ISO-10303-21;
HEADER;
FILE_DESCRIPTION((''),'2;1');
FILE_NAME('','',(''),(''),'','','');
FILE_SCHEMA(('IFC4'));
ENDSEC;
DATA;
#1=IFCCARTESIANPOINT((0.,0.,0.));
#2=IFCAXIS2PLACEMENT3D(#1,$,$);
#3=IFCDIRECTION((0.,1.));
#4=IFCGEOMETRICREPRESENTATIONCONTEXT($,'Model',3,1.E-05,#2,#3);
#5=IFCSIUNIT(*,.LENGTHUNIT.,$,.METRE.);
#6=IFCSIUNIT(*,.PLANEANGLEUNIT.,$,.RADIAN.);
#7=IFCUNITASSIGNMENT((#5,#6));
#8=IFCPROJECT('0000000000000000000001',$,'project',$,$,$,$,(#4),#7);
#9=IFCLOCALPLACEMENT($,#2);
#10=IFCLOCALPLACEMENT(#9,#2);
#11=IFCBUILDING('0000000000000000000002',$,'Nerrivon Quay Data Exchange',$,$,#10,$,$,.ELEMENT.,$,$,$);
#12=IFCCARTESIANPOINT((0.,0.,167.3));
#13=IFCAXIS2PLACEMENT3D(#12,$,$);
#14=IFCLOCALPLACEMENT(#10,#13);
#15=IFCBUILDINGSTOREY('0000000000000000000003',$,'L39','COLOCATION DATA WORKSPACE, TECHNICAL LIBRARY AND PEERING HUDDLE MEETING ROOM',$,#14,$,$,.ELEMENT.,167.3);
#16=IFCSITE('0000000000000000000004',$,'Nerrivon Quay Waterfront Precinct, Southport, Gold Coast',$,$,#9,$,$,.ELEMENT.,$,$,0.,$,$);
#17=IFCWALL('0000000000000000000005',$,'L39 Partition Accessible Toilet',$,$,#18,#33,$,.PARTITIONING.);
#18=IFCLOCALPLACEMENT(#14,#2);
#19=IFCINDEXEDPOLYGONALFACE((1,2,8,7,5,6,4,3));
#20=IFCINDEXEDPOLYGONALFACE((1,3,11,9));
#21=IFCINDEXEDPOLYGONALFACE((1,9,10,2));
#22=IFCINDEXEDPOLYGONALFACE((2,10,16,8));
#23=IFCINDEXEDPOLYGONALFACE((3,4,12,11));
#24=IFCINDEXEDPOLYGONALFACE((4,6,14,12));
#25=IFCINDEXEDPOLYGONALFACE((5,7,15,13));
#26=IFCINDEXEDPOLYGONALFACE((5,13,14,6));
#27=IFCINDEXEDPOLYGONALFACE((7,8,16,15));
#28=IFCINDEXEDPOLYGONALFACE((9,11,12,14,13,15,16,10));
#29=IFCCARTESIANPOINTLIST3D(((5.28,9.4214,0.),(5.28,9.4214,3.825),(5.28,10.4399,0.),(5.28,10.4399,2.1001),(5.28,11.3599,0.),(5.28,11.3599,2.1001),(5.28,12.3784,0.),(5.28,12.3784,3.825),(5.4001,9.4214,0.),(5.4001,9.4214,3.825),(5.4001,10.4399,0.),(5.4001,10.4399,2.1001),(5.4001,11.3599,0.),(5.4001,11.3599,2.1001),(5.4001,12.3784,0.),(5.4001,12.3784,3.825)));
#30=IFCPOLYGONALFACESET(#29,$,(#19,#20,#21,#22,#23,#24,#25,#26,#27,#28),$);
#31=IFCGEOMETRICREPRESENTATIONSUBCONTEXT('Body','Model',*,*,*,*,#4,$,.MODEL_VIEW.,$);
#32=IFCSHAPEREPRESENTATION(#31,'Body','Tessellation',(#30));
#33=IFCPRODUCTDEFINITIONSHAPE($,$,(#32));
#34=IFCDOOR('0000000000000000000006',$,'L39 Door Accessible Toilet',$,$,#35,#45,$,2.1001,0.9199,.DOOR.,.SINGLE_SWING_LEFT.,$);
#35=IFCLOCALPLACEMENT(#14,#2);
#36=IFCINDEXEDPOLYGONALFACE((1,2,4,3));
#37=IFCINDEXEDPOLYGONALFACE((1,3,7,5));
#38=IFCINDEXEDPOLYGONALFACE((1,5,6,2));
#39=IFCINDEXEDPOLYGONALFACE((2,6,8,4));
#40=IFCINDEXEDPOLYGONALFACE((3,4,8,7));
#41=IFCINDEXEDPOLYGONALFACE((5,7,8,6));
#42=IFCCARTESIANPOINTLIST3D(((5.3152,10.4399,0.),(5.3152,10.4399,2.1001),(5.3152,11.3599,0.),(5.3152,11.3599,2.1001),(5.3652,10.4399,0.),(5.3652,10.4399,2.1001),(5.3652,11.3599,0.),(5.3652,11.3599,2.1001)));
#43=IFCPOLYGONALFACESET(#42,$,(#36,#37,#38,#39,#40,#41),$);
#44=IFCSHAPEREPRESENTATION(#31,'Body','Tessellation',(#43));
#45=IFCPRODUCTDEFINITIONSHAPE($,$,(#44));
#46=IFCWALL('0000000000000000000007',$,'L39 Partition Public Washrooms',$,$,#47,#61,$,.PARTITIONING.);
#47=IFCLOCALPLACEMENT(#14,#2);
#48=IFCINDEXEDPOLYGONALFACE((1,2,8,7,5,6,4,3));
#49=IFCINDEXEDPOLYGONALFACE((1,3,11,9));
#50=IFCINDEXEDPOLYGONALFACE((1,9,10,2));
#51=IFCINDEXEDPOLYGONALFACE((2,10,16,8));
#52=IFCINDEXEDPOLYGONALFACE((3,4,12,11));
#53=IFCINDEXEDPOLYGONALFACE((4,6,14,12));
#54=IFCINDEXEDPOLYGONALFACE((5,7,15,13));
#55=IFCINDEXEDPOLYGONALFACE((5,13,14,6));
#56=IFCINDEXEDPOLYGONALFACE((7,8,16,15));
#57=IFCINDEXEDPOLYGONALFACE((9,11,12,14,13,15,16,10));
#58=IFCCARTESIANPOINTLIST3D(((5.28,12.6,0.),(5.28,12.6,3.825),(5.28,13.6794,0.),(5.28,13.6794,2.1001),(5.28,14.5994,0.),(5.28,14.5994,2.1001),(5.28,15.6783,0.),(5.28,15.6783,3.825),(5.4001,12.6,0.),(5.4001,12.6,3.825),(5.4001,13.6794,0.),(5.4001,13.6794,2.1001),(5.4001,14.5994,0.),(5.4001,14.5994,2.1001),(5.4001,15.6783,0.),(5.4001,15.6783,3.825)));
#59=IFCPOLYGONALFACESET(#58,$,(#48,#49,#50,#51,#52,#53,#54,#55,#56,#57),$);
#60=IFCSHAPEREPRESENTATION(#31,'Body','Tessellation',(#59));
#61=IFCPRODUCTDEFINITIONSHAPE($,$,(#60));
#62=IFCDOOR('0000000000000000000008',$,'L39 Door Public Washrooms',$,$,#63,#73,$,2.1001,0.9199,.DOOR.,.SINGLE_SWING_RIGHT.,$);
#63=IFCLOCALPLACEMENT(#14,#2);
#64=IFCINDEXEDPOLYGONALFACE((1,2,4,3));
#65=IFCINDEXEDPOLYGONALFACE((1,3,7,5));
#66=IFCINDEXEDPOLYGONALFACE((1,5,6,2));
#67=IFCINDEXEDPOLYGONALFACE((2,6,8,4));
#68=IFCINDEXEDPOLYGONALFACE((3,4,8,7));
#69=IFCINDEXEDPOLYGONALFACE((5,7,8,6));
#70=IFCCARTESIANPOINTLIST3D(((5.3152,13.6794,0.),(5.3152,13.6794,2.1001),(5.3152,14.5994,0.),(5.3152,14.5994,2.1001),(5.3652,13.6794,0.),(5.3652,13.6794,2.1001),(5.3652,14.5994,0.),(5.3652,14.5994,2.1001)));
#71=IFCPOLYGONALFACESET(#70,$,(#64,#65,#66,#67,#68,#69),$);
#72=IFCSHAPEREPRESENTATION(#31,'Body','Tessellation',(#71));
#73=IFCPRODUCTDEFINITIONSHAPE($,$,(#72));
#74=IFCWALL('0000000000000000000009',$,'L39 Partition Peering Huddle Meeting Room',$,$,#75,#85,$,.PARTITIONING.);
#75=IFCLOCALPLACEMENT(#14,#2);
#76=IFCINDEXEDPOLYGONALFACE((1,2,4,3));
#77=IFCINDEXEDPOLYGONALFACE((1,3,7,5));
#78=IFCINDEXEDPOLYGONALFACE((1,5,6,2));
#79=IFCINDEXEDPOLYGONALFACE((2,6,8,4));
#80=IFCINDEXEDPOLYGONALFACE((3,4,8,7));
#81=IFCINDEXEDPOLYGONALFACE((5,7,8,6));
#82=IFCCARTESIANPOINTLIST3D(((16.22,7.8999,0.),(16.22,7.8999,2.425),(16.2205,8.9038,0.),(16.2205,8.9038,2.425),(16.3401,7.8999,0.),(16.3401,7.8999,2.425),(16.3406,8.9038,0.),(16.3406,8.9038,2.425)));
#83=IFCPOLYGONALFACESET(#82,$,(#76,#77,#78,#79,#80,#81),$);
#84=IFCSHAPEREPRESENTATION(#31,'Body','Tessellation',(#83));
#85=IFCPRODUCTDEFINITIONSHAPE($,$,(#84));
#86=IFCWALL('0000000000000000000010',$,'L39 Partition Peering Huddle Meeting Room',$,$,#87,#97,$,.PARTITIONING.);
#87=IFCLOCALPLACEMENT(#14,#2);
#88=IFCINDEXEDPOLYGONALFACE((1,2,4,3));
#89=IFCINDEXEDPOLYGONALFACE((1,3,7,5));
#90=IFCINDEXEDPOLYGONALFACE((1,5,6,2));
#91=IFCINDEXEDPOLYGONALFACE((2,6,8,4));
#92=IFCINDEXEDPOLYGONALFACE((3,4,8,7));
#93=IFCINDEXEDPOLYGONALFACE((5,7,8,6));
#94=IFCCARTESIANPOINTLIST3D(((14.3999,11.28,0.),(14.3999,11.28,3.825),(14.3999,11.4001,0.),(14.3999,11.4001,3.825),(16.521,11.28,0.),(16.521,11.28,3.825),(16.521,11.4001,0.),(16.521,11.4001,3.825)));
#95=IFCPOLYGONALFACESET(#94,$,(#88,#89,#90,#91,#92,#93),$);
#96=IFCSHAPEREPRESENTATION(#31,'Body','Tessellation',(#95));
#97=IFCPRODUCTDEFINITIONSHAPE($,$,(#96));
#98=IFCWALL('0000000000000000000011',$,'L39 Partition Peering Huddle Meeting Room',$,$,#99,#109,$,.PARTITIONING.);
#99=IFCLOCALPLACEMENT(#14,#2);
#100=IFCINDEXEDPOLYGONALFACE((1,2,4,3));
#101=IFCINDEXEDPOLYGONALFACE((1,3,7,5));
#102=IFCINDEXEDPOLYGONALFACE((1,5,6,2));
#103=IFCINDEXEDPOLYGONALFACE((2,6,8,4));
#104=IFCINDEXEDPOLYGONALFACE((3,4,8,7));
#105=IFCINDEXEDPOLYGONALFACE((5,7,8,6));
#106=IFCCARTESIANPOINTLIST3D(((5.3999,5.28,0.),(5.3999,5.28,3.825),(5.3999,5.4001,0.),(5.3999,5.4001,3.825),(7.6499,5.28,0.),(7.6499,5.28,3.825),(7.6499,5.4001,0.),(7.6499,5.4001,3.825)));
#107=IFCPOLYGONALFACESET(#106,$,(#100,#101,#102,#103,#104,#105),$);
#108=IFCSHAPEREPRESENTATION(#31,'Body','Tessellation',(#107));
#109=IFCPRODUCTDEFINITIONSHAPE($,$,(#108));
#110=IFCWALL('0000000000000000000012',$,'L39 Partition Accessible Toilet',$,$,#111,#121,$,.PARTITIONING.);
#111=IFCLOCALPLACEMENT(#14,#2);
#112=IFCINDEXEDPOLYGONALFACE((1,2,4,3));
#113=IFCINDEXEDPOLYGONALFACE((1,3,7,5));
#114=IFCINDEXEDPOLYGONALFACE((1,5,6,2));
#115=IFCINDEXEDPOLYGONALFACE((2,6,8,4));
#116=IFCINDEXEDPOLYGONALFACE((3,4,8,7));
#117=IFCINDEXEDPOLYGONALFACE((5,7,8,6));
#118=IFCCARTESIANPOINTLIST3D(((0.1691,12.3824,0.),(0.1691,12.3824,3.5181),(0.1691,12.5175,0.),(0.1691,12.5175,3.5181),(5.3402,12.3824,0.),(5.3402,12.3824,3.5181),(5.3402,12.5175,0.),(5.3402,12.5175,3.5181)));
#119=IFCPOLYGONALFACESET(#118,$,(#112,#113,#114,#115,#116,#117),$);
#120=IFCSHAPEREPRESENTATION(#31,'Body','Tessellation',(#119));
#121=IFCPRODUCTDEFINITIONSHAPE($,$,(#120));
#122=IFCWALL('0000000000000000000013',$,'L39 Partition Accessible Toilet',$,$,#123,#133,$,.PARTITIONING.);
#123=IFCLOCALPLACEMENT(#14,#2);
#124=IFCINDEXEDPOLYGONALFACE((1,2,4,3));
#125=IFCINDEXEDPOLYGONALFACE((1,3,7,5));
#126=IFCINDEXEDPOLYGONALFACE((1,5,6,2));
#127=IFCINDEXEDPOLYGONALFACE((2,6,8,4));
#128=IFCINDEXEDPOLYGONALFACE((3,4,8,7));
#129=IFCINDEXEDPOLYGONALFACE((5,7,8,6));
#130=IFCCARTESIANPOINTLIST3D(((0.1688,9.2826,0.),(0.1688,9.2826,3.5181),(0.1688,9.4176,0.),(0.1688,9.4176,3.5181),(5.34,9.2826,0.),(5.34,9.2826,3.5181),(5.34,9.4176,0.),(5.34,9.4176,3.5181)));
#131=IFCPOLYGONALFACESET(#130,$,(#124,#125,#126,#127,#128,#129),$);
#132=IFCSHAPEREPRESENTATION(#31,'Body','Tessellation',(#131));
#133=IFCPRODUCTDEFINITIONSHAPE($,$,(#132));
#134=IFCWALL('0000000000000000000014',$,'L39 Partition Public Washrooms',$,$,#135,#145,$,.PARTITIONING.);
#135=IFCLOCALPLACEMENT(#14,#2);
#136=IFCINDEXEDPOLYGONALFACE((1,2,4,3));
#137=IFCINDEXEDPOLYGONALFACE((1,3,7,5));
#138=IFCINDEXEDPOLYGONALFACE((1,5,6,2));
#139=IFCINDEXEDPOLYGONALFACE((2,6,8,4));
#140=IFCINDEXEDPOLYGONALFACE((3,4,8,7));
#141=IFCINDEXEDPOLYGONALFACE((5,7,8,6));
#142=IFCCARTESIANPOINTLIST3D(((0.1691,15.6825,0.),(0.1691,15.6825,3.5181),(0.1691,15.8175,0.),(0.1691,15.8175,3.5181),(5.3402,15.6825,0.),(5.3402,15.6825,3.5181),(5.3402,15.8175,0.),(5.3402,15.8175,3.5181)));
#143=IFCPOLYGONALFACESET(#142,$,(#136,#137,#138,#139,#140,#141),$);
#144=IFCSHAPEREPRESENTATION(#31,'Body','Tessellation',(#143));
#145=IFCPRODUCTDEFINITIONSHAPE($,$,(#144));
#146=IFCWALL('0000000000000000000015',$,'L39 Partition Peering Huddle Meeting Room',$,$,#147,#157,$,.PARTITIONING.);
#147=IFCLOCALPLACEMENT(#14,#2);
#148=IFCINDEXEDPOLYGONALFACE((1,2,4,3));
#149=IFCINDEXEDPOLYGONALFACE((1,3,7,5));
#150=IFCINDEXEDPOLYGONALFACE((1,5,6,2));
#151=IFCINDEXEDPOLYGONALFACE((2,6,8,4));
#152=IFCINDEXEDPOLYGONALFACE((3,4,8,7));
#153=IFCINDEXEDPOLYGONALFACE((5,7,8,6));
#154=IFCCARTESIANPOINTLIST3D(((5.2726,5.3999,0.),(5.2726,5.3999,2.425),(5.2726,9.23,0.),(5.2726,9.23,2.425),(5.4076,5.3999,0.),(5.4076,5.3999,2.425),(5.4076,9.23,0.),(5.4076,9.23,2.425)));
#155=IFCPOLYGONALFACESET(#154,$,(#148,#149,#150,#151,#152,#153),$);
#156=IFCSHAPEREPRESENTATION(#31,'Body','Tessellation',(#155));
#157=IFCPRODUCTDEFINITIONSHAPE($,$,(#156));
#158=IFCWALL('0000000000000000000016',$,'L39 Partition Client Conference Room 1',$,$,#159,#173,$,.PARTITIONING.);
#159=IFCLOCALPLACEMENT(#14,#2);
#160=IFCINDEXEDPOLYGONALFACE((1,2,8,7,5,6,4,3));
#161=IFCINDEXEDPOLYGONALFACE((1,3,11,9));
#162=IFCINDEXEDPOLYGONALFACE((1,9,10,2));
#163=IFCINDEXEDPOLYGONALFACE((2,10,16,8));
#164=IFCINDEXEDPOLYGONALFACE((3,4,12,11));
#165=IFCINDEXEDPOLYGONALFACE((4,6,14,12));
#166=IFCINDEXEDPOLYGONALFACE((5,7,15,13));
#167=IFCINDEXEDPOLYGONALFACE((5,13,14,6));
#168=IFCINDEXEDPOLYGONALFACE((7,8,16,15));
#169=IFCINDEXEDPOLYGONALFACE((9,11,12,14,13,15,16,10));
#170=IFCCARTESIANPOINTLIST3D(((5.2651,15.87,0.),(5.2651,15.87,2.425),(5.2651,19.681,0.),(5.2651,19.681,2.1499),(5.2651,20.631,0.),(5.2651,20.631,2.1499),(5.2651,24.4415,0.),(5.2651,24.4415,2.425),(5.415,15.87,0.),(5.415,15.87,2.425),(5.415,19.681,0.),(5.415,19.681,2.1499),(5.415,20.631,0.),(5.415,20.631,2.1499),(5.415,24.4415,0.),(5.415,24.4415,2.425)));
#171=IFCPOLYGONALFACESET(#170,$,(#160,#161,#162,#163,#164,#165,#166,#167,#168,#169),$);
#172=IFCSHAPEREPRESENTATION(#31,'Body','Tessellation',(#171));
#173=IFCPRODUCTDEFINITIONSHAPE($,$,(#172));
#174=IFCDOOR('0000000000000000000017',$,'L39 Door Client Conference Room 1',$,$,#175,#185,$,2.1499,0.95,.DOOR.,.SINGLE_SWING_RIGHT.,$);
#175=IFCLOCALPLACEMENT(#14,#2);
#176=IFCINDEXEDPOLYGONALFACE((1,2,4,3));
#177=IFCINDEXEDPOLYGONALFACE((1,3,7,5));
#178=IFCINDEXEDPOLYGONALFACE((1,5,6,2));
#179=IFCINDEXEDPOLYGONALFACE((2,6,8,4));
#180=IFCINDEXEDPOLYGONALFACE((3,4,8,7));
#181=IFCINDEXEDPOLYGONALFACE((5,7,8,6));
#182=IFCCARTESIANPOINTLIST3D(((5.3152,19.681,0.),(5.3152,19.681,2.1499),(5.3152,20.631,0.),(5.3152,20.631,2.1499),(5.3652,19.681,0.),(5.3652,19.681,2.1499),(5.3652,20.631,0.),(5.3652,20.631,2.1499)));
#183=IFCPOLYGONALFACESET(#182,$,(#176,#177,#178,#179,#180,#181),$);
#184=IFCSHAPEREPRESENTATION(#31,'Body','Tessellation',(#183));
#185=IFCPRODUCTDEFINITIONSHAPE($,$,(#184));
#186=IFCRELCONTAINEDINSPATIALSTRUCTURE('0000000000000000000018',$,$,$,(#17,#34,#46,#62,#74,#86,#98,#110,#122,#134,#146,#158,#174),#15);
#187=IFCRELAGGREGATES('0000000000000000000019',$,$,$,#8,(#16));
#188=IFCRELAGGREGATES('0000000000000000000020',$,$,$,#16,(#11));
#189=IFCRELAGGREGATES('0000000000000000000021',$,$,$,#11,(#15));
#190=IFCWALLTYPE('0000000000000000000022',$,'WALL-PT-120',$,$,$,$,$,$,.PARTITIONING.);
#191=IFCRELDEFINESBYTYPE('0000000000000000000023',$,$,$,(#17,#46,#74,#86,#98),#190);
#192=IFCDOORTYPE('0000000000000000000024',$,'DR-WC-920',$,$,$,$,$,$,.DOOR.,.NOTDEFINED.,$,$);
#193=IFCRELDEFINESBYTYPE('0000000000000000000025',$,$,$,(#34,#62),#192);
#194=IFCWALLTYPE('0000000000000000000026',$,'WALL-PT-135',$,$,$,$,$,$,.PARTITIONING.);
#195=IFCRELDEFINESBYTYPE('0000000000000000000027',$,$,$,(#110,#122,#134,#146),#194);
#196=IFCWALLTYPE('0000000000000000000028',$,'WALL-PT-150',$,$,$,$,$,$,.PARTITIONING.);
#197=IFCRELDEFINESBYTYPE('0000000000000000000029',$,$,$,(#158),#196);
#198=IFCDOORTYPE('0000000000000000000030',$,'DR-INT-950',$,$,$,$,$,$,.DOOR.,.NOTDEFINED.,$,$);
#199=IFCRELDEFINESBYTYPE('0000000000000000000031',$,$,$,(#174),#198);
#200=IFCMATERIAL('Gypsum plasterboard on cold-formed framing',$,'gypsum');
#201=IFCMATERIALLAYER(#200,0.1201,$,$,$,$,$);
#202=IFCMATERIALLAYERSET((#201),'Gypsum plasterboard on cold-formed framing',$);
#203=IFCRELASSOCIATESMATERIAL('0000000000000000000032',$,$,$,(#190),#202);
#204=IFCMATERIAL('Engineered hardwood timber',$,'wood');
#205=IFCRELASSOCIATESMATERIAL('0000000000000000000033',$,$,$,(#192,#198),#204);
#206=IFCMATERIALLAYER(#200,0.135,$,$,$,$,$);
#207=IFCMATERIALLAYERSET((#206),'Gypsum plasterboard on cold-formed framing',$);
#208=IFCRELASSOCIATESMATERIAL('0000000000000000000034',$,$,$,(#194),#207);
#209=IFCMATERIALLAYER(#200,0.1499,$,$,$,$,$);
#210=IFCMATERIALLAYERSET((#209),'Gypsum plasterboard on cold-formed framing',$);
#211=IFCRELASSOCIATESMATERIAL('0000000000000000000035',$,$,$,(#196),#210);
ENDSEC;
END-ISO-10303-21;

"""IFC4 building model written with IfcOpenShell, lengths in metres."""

from ifc_helpers import new_model, si_unit, direction, frame, frame_2d, origin, place, context, subcontext, project, spatial, rectangle, extrude, material, layer, layer_set, type_object, element, fill, save


model = new_model("IFC4")

# Units and contexts
model_context = context("Model", 3, precision=1e-05, world=origin(), true_north=direction((0.0, 1.0)))
body_context = subcontext(model_context, "Body", "Model", "MODEL_VIEW")
ifc_project = project(units=[si_unit("LENGTHUNIT", "METRE"), si_unit("PLANEANGLEUNIT", "RADIAN")], contexts=[model_context])

# Site, building, storey
site_placement = place(None, origin())
site = spatial("IfcSite", under=ifc_project, at=site_placement, Name="Nerrivon Quay Waterfront Precinct, Southport, Gold Coast", CompositionType="ELEMENT", RefElevation=0.0)
building_placement = place(site_placement, origin())
building = spatial("IfcBuilding", under=site, at=building_placement, Name="Nerrivon Quay Data Exchange", CompositionType="ELEMENT")
storey_placement = place(building_placement, frame((0.0, 0.0, 167.3)))
storey = spatial("IfcBuildingStorey", under=building, at=storey_placement, Name="L39", Description="COLOCATION DATA WORKSPACE, TECHNICAL LIBRARY AND PEERING HUDDLE MEETING ROOM", CompositionType="ELEMENT", Elevation=167.3)

# Walls, openings, doors
ifc_material_1 = material(Name="Gypsum plasterboard on cold-formed framing", Category="gypsum")
ifc_layer_1 = layer(ifc_material_1, 0.1201)
ifc_layer_set_1 = layer_set([ifc_layer_1], Name="Gypsum plasterboard on cold-formed framing")
wall_type_1 = type_object("IfcWallType", Name="WALL-PT-120", PredefinedType="PARTITIONING", material=ifc_layer_set_1)
wall_1_placement = place(storey_placement, frame((5.3401, 9.4214, 0.0), z_axis=(0.0, 0.0, 1.0), x_axis=(0.0, 1.0, 0.0)))
wall_1 = element("IfcWall", 1, at=wall_1_placement, inside=storey, type_object=wall_type_1, Name="L39 Partition Accessible Toilet", PredefinedType="PARTITIONING", context=body_context, shape_type="SweptSolid", body=[
    extrude(rectangle(XDim=2.957, YDim=0.1201, at=frame_2d((1.4785, 0.0))), origin(), (0.0, 0.0, 1.0), 3.825),
])
opening_1_placement = place(wall_1_placement, frame((1.0186, 0.0, 0.0)))
opening_1 = element("IfcOpeningElement", 2, at=opening_1_placement, cuts=wall_1, PredefinedType="OPENING", context=body_context, shape_type="SweptSolid", body=[
    extrude(rectangle(XDim=0.9199, YDim=2.1001, at=frame_2d((0.46, 1.05))), frame((0.0, 0.0701, 0.0), z_axis=(0.0, -1.0, 0.0), x_axis=(1.0, 0.0, 0.0)), (0.0, 0.0, 1.0), 0.1401),
])
ifc_material_2 = material(Name="Engineered hardwood timber", Category="wood")
door_type_1 = type_object("IfcDoorType", Name="DR-WC-920", OperationType="NOTDEFINED", PredefinedType="DOOR", material=ifc_material_2)
door_1_placement = place(opening_1_placement, origin())
door_1 = element("IfcDoor", 3, at=door_1_placement, inside=storey, type_object=door_type_1, Name="L39 Door Accessible Toilet", OperationType="SINGLE_SWING_LEFT", OverallHeight=2.1001, OverallWidth=0.9199, PredefinedType="DOOR", context=body_context, shape_type="SweptSolid", body=[
    extrude(rectangle(XDim=0.9199, YDim=2.1001, at=frame_2d((0.46, 1.05))), frame((0.0, 0.0249, 0.0), z_axis=(0.0, -1.0, 0.0), x_axis=(1.0, 0.0, 0.0)), (0.0, 0.0, 1.0), 0.05),
])
fill(opening_1, door_1)
wall_2_placement = place(storey_placement, frame((5.3401, 12.6001, 0.0), z_axis=(0.0, 0.0, 1.0), x_axis=(0.0, 1.0, 0.0)))
wall_2 = element("IfcWall", 4, at=wall_2_placement, inside=storey, type_object=wall_type_1, Name="L39 Partition Public Washrooms", PredefinedType="PARTITIONING", context=body_context, shape_type="SweptSolid", body=[
    extrude(rectangle(XDim=3.0784, YDim=0.1201, at=frame_2d((1.5391, 0.0))), origin(), (0.0, 0.0, 1.0), 3.825),
])
opening_2_placement = place(wall_2_placement, frame((1.0793, 0.0, 0.0)))
opening_2 = element("IfcOpeningElement", 5, at=opening_2_placement, cuts=wall_2, PredefinedType="OPENING", context=body_context, shape_type="SweptSolid", body=[
    extrude(rectangle(XDim=0.9199, YDim=2.1001, at=frame_2d((0.46, 1.05))), frame((0.0, 0.0701, 0.0), z_axis=(0.0, -1.0, 0.0), x_axis=(1.0, 0.0, 0.0)), (0.0, 0.0, 1.0), 0.1401),
])
door_2_placement = place(opening_2_placement, origin())
door_2 = element("IfcDoor", 6, at=door_2_placement, inside=storey, type_object=door_type_1, Name="L39 Door Public Washrooms", OperationType="SINGLE_SWING_RIGHT", OverallHeight=2.1001, OverallWidth=0.9199, PredefinedType="DOOR", context=body_context, shape_type="SweptSolid", body=[
    extrude(rectangle(XDim=0.9199, YDim=2.1001, at=frame_2d((0.46, 1.05))), frame((0.0, 0.0249, 0.0), z_axis=(0.0, -1.0, 0.0), x_axis=(1.0, 0.0, 0.0)), (0.0, 0.0, 1.0), 0.05),
])
fill(opening_2, door_2)

# Walls
wall_3_placement = place(storey_placement, frame((16.28, 7.8999, 0.0), z_axis=(0.0, 0.0, 1.0), x_axis=(0.000486, 1.0, 0.0)))
element("IfcWall", 7, at=wall_3_placement, inside=storey, type_object=wall_type_1, Name="L39 Partition Peering Huddle Meeting Room", PredefinedType="PARTITIONING", context=body_context, shape_type="SweptSolid", body=[
    extrude(rectangle(XDim=1.0039, YDim=0.1201, at=frame_2d((0.502, 0.0))), origin(), (0.0, 0.0, 1.0), 2.425),
])
wall_4_placement = place(storey_placement, frame((16.521, 11.3401, 0.0), z_axis=(0.0, 0.0, 1.0), x_axis=(-1.0, 0.0, 0.0)))
element("IfcWall", 8, at=wall_4_placement, inside=storey, type_object=wall_type_1, Name="L39 Partition Peering Huddle Meeting Room", PredefinedType="PARTITIONING", context=body_context, shape_type="SweptSolid", body=[
    extrude(rectangle(XDim=2.1211, YDim=0.1201, at=frame_2d((1.0605, 0.0))), origin(), (0.0, 0.0, 1.0), 3.825),
])
wall_5_placement = place(storey_placement, frame((7.6499, 5.3401, 0.0), z_axis=(0.0, 0.0, 1.0), x_axis=(-1.0, 0.0, 0.0)))
element("IfcWall", 9, at=wall_5_placement, inside=storey, type_object=wall_type_1, Name="L39 Partition Peering Huddle Meeting Room", PredefinedType="PARTITIONING", context=body_context, shape_type="SweptSolid", body=[
    extrude(rectangle(XDim=2.25, YDim=0.1201, at=frame_2d((1.125, 0.0))), origin(), (0.0, 0.0, 1.0), 3.825),
])
ifc_layer_2 = layer(ifc_material_1, 0.135)
ifc_layer_set_2 = layer_set([ifc_layer_2], Name="Gypsum plasterboard on cold-formed framing")
wall_type_2 = type_object("IfcWallType", Name="WALL-PT-135", PredefinedType="PARTITIONING", material=ifc_layer_set_2)
for number, where, z_axis, x_axis, name in (
    (10, (5.3401, 12.45, 0.0), (0.0, 0.0, 1.0), (-1.0, 0.0, 0.0), "L39 Partition Accessible Toilet"),
    (11, (0.1689, 9.3501, 0.0), (0.0, 0.0, 1.0), (1.0, 0.0, 0.0), "L39 Partition Accessible Toilet"),
    (12, (5.3401, 15.75, 0.0), (0.0, 0.0, 1.0), (-1.0, 0.0, 0.0), "L39 Partition Public Washrooms"),
):
    element("IfcWall", number, at=place(storey_placement, frame(where, z_axis=z_axis, x_axis=x_axis)), inside=storey, type_object=wall_type_2, Name=name, PredefinedType="PARTITIONING", context=body_context, shape_type="SweptSolid", body=[
        extrude(rectangle(XDim=5.1711, YDim=0.135, at=frame_2d((2.5854, 0.0))), origin(), (0.0, 0.0, 1.0), 3.5181),
    ])
wall_6_placement = place(storey_placement, frame((5.3401, 5.3999, 0.0), z_axis=(0.0, 0.0, 1.0), x_axis=(0.0, 1.0, 0.0)))
element("IfcWall", 13, at=wall_6_placement, inside=storey, type_object=wall_type_2, Name="L39 Partition Peering Huddle Meeting Room", PredefinedType="PARTITIONING", context=body_context, shape_type="SweptSolid", body=[
    extrude(rectangle(XDim=3.8301, YDim=0.135, at=frame_2d((1.915, 0.0))), origin(), (0.0, 0.0, 1.0), 2.425),
])

# Wall, opening, door
ifc_layer_3 = layer(ifc_material_1, 0.1499)
ifc_layer_set_3 = layer_set([ifc_layer_3], Name="Gypsum plasterboard on cold-formed framing")
wall_type_3 = type_object("IfcWallType", Name="WALL-PT-150", PredefinedType="PARTITIONING", material=ifc_layer_set_3)
wall_7_placement = place(storey_placement, frame((5.3401, 15.8701, 0.0), z_axis=(0.0, 0.0, 1.0), x_axis=(0.0, 1.0, 0.0)))
wall_7 = element("IfcWall", 14, at=wall_7_placement, inside=storey, type_object=wall_type_3, Name="L39 Partition Client Conference Room 1", PredefinedType="PARTITIONING", context=body_context, shape_type="SweptSolid", body=[
    extrude(rectangle(XDim=8.5715, YDim=0.1499, at=frame_2d((4.2856, 0.0))), origin(), (0.0, 0.0, 1.0), 2.425),
])
opening_3_placement = place(wall_7_placement, frame((3.8108, 0.0, 0.0)))
opening_3 = element("IfcOpeningElement", 15, at=opening_3_placement, cuts=wall_7, PredefinedType="OPENING", context=body_context, shape_type="SweptSolid", body=[
    extrude(rectangle(XDim=0.95, YDim=2.1499, at=frame_2d((0.4751, 1.075))), frame((0.0, 0.085, 0.0), z_axis=(0.0, -1.0, 0.0), x_axis=(1.0, 0.0, 0.0)), (0.0, 0.0, 1.0), 0.1699),
])
door_type_2 = type_object("IfcDoorType", Name="DR-INT-950", OperationType="NOTDEFINED", PredefinedType="DOOR", material=ifc_material_2)
door_3_placement = place(opening_3_placement, origin())
door_3 = element("IfcDoor", 16, at=door_3_placement, inside=storey, type_object=door_type_2, Name="L39 Door Client Conference Room 1", OperationType="SINGLE_SWING_RIGHT", OverallHeight=2.1499, OverallWidth=0.95, PredefinedType="DOOR", context=body_context, shape_type="SweptSolid", body=[
    extrude(rectangle(XDim=0.95, YDim=2.1499, at=frame_2d((0.4751, 1.075))), frame((0.0, 0.0249, 0.0), z_axis=(0.0, -1.0, 0.0), x_axis=(1.0, 0.0, 0.0)), (0.0, 0.0, 1.0), 0.05),
])
fill(opening_3, door_3)

save(model, "model.ifc")
